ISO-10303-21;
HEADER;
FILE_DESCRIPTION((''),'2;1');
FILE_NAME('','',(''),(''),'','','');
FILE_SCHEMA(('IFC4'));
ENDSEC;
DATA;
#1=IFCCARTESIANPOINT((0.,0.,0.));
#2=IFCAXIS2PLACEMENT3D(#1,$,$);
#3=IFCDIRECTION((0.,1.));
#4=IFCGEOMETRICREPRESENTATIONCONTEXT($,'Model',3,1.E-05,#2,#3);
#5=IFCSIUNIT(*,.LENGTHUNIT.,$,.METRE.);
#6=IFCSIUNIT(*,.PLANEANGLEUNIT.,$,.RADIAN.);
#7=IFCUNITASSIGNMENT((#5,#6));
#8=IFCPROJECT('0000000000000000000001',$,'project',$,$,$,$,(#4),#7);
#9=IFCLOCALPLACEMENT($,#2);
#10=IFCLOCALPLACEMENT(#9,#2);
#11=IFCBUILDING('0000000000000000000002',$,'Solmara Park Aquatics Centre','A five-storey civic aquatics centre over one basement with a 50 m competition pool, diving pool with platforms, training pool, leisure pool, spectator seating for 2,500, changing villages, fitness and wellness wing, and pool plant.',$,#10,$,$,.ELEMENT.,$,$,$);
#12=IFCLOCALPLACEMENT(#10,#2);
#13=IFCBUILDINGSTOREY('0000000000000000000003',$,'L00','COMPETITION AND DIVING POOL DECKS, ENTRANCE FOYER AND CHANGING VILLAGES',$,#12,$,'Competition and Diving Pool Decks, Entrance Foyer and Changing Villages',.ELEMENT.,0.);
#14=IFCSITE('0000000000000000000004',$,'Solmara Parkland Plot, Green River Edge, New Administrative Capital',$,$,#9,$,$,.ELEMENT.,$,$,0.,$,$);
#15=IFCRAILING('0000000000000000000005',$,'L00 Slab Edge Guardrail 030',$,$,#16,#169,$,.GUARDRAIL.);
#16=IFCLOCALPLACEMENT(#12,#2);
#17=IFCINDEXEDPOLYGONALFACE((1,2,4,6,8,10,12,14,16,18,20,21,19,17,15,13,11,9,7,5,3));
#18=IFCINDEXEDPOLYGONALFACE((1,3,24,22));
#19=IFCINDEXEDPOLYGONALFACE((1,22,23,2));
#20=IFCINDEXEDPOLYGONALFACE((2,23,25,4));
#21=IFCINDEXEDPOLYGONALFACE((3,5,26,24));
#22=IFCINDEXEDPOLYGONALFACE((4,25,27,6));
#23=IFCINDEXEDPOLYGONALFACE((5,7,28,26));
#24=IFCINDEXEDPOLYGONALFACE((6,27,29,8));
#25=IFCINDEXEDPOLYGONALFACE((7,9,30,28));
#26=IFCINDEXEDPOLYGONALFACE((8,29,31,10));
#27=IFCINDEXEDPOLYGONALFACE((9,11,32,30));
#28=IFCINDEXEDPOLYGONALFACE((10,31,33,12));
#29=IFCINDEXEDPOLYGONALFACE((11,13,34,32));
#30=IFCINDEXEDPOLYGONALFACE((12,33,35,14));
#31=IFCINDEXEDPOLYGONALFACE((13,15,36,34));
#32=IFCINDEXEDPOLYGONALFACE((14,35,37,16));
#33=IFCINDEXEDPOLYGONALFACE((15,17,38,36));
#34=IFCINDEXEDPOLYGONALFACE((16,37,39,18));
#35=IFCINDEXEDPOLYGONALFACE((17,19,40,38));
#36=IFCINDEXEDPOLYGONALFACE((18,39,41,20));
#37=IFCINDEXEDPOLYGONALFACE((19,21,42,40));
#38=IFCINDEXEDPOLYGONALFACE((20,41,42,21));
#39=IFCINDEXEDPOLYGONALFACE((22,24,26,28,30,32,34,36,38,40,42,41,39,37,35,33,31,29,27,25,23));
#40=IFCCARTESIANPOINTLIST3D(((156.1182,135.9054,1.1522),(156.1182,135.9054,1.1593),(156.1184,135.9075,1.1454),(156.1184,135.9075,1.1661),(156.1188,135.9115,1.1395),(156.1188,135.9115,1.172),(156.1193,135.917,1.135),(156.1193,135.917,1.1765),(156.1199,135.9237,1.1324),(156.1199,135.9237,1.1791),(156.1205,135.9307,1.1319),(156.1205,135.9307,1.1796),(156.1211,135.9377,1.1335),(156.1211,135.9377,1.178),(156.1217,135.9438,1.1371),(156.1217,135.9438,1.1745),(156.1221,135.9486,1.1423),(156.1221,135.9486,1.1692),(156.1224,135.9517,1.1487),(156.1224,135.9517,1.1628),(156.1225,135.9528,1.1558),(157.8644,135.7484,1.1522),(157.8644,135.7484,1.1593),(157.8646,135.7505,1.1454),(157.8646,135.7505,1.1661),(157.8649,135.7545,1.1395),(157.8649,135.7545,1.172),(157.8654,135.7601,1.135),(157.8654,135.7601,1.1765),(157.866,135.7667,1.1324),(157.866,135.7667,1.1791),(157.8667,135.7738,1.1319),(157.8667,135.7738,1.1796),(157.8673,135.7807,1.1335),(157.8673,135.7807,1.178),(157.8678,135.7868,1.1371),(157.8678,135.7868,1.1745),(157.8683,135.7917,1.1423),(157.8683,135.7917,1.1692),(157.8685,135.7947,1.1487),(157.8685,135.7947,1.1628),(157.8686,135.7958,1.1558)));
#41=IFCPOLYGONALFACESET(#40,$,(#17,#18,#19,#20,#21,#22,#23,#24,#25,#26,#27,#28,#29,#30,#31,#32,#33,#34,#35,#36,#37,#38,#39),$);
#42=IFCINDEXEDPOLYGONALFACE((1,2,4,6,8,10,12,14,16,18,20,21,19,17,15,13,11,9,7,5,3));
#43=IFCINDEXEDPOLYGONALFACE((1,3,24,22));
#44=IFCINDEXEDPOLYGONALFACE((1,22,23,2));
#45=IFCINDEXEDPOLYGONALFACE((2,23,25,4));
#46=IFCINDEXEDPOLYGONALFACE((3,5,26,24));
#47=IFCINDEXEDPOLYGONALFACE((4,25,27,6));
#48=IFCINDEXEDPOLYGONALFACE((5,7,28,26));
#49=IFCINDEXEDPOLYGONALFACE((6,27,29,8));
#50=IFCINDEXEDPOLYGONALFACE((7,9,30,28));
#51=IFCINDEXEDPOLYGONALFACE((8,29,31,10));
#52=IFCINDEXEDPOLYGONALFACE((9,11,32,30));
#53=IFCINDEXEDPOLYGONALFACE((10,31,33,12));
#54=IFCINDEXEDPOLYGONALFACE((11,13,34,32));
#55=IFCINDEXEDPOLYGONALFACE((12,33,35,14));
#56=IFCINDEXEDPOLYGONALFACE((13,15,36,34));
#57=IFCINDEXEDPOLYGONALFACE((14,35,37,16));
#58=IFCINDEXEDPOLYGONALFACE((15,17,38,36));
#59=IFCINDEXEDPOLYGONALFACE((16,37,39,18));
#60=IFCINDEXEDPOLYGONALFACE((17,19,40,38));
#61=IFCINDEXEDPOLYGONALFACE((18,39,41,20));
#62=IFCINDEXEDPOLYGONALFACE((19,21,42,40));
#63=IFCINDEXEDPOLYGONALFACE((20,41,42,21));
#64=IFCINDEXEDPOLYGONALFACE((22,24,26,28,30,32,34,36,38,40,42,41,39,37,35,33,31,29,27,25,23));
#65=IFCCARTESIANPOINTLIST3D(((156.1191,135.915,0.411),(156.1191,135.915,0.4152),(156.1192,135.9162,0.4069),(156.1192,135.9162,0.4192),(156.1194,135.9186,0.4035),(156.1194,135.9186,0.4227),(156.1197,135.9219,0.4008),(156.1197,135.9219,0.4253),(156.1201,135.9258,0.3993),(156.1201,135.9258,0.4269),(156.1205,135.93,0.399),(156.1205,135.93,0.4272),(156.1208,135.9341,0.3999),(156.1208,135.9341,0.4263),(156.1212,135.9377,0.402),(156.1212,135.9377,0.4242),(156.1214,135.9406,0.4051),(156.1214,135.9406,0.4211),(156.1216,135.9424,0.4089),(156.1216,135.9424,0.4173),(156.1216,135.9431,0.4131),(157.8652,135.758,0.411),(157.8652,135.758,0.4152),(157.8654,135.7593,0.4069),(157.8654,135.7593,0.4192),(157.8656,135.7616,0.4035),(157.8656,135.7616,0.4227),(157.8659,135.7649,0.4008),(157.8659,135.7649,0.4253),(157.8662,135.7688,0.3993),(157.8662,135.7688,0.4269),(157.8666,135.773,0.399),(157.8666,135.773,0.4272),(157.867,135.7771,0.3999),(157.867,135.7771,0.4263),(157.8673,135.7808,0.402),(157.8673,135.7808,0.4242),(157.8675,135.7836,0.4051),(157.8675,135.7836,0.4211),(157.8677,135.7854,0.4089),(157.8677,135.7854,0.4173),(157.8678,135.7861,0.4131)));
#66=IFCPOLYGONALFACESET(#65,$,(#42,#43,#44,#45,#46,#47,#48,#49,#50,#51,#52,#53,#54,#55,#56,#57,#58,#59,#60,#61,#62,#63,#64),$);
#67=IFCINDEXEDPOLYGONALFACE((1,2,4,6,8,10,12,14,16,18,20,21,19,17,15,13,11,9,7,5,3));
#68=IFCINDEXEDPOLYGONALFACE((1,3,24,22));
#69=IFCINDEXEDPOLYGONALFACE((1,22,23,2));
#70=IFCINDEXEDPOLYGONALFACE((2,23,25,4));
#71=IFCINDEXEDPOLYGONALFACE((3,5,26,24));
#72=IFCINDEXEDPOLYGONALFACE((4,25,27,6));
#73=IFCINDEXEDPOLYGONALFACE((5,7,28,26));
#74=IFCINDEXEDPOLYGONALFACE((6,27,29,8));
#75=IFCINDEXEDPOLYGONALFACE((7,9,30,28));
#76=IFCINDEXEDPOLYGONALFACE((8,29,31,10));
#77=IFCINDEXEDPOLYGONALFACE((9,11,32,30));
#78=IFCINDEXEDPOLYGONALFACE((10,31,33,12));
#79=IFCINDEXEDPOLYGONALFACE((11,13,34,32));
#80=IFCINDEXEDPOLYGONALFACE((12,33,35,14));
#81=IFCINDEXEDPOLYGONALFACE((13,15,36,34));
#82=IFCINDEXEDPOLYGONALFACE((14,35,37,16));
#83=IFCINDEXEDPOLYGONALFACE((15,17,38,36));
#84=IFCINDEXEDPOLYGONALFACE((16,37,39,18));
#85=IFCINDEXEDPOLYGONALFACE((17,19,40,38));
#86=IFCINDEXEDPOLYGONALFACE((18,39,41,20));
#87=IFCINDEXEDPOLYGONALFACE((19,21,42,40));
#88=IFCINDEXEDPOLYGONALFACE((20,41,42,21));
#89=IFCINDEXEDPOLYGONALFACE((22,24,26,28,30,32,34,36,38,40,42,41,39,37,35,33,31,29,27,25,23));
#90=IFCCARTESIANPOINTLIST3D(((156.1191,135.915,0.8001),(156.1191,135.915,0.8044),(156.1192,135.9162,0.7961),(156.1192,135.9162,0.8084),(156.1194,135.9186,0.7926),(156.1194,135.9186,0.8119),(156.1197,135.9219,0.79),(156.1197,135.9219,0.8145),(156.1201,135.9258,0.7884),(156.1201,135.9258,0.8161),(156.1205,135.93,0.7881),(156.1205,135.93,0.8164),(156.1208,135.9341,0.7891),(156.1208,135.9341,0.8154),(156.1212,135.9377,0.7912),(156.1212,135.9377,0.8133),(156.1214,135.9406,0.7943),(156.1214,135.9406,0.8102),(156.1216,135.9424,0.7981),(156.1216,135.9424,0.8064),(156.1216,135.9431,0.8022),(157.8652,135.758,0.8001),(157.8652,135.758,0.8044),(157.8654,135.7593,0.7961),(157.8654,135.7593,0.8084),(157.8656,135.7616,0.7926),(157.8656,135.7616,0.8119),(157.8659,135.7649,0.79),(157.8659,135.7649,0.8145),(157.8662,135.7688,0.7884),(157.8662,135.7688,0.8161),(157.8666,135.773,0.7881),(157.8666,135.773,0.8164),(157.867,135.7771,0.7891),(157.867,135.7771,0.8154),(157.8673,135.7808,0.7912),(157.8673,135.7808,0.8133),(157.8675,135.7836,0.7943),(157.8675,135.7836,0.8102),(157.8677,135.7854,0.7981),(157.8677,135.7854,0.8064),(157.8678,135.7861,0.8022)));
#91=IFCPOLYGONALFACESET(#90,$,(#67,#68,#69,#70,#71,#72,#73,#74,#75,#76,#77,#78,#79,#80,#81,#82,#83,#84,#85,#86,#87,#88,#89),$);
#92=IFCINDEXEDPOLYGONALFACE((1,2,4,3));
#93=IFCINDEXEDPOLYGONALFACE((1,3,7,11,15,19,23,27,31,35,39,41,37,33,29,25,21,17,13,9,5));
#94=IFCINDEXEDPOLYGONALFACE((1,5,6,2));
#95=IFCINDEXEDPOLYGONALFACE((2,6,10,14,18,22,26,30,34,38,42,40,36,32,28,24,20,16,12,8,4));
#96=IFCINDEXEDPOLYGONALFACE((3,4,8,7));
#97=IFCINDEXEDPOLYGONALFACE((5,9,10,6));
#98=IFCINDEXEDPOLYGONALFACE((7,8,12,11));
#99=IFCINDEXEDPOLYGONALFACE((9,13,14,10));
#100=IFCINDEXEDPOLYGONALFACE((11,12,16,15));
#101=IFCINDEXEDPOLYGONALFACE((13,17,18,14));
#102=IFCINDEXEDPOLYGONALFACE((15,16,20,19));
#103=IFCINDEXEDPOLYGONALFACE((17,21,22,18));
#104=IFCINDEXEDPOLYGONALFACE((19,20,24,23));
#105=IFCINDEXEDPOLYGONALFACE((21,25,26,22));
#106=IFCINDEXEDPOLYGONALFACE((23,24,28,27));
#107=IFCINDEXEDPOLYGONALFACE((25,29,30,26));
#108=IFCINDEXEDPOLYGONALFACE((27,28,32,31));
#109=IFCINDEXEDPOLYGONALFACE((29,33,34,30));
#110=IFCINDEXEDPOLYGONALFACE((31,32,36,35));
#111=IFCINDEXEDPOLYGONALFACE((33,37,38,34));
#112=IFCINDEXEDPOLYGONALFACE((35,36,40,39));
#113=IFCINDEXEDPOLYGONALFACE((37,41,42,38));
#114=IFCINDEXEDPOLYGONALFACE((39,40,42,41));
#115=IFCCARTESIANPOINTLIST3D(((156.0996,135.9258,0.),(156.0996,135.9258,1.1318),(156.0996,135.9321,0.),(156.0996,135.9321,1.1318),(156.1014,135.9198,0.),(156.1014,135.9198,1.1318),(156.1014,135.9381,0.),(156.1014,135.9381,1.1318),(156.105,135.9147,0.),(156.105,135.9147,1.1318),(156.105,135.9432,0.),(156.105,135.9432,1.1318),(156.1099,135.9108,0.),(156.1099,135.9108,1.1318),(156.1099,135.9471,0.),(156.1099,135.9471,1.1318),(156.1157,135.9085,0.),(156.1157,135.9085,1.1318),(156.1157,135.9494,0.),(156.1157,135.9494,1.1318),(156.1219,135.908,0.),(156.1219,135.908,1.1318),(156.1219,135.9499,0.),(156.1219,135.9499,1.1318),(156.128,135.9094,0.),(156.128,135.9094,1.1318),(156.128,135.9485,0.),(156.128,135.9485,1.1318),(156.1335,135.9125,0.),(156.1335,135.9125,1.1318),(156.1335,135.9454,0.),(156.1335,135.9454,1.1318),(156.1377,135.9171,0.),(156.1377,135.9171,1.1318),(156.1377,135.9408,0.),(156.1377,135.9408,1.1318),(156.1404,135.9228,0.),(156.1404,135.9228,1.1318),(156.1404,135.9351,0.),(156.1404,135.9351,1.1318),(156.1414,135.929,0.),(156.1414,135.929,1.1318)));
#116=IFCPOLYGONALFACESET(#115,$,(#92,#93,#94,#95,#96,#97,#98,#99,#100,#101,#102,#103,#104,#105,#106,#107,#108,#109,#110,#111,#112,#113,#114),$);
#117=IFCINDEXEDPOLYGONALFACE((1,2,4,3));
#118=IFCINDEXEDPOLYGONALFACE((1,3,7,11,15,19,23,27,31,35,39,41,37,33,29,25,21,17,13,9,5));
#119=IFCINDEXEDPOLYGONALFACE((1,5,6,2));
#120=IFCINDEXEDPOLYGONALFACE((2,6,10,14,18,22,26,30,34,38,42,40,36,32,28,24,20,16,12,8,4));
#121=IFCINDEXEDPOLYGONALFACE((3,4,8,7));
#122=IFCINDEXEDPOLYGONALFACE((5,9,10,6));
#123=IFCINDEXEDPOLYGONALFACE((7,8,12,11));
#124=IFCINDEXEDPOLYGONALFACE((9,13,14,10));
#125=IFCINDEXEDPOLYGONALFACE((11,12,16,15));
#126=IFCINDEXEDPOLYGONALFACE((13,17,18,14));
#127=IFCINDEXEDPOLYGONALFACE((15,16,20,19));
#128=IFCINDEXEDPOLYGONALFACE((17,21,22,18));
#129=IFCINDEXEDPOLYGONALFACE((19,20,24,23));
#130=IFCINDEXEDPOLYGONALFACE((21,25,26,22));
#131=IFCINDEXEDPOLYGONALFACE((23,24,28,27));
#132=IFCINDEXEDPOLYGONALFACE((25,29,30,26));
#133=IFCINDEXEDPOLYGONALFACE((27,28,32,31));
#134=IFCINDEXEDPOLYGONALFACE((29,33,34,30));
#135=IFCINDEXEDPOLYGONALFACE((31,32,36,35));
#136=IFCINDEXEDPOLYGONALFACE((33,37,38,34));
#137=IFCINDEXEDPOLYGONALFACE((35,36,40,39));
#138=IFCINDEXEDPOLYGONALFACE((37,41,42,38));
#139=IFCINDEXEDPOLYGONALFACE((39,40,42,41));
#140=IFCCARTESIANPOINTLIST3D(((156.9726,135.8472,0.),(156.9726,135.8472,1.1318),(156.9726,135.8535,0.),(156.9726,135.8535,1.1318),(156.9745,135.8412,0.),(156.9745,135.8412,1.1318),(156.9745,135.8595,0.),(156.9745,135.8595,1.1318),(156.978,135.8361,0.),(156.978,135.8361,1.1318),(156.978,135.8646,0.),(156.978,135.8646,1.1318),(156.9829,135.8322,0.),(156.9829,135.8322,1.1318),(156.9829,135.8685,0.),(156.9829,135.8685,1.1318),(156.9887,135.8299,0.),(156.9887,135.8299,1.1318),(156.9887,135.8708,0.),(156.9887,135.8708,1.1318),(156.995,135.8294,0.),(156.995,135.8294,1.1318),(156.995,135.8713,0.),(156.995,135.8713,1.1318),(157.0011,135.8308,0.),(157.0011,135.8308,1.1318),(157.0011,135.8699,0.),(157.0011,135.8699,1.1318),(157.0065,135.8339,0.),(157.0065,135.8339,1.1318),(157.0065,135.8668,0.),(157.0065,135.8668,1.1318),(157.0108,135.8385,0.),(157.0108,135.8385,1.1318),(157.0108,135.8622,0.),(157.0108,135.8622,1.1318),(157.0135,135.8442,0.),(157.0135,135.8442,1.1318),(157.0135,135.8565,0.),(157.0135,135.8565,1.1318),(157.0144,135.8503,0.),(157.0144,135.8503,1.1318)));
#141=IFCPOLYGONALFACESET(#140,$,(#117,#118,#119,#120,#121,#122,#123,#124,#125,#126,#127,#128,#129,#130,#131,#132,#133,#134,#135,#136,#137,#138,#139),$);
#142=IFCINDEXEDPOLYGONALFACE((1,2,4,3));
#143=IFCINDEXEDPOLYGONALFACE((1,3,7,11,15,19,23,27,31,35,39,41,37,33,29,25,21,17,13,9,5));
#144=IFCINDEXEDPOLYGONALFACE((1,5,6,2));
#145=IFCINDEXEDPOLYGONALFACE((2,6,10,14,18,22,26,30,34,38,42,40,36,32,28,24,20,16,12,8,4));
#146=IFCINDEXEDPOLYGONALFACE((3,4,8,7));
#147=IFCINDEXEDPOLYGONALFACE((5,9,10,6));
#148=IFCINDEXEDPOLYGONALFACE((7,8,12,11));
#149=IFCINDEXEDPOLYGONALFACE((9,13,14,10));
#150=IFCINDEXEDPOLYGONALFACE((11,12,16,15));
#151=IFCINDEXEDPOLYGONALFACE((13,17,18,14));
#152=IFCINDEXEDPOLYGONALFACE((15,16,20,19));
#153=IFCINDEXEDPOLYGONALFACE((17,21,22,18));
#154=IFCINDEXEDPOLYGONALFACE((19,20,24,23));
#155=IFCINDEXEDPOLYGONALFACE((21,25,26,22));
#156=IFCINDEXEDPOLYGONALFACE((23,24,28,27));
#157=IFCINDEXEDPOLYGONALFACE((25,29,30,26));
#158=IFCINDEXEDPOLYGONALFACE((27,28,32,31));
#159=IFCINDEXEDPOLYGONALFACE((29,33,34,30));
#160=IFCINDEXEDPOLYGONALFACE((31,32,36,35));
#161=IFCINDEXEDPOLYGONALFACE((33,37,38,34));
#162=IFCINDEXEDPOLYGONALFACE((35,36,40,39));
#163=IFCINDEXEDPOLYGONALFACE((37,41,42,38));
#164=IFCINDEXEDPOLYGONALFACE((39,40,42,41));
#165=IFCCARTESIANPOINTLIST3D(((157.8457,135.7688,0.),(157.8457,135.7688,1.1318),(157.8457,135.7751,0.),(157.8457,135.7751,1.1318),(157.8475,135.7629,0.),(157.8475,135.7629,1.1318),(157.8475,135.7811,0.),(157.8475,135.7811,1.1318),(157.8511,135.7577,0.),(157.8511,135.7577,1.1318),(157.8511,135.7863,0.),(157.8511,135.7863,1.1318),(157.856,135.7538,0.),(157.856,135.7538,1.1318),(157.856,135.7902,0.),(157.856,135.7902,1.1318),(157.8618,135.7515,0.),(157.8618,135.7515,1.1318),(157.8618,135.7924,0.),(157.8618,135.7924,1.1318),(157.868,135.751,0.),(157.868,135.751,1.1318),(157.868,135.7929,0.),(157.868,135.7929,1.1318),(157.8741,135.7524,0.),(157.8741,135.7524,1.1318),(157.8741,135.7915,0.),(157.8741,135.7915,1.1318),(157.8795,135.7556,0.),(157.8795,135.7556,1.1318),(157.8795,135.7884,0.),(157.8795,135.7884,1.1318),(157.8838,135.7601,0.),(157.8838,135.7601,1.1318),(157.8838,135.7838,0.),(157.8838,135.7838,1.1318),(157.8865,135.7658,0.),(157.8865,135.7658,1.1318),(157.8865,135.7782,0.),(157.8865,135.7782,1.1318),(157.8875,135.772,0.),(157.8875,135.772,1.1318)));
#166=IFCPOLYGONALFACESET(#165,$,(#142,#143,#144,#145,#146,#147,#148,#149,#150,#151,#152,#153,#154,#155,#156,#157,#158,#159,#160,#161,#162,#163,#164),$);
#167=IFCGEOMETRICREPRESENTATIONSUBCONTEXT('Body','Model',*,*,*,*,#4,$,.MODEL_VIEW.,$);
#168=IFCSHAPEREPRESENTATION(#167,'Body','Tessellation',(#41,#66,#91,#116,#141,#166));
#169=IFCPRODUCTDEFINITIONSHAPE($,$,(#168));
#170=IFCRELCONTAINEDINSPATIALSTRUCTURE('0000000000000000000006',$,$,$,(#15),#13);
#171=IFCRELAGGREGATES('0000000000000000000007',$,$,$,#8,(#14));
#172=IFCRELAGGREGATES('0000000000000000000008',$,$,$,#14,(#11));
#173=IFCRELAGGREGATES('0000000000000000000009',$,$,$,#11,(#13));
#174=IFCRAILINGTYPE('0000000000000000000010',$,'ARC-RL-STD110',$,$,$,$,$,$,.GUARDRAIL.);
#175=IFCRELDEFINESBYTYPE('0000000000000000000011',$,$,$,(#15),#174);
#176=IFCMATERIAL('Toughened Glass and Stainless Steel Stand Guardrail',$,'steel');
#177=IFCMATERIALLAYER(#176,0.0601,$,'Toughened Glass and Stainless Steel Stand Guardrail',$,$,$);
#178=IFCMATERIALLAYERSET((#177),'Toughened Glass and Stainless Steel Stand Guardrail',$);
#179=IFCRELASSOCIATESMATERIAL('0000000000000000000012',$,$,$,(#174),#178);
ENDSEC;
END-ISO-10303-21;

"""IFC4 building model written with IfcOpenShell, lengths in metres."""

from ifc_helpers import new_model, si_unit, direction, frame, origin, origin_2d, place, context, subcontext, project, spatial, circle, extrude, material, layer, layer_set, type_object, element, save


model = new_model("IFC4")

# Units and contexts
model_context = context("Model", 3, precision=1e-05, world=origin(), true_north=direction((0.0, 1.0)))
body_context = subcontext(model_context, "Body", "Model", "MODEL_VIEW")
ifc_project = project(units=[si_unit("LENGTHUNIT", "METRE"), si_unit("PLANEANGLEUNIT", "RADIAN")], contexts=[model_context])

# Site, building, storey
site_placement = place(None, origin())
site = spatial("IfcSite", under=ifc_project, at=site_placement, Name="Solmara Parkland Plot, Green River Edge, New Administrative Capital", CompositionType="ELEMENT", RefElevation=0.0)
building_placement = place(site_placement, origin())
building = spatial("IfcBuilding", under=site, at=building_placement, Name="Solmara Park Aquatics Centre", Description="A five-storey civic aquatics centre over one basement with a 50 m competition pool, diving pool with platforms, training pool, leisure pool, spectator seating for 2,500, changing villages, fitness and wellness wing, and pool plant.", CompositionType="ELEMENT")
storey_placement = place(building_placement, origin())
storey = spatial("IfcBuildingStorey", under=building, at=storey_placement, Name="L00", Description="COMPETITION AND DIVING POOL DECKS, ENTRANCE FOYER AND CHANGING VILLAGES", LongName="Competition and Diving Pool Decks, Entrance Foyer and Changing Villages", CompositionType="ELEMENT", Elevation=0.0)

# Railing
ifc_material_1 = material(Name="Toughened Glass and Stainless Steel Stand Guardrail", Category="steel")
ifc_layer_1 = layer(ifc_material_1, 0.0601, Name="Toughened Glass and Stainless Steel Stand Guardrail")
ifc_layer_set_1 = layer_set([ifc_layer_1], Name="Toughened Glass and Stainless Steel Stand Guardrail")
railing_type_1 = type_object("IfcRailingType", Name="ARC-RL-STD110", PredefinedType="GUARDRAIL", material=ifc_layer_set_1)
railing_1_placement = place(storey_placement, frame((156.1204, 135.929, 0.0)))
element("IfcRailing", 1, at=railing_1_placement, inside=storey, type_object=railing_type_1, Name="L00 Slab Edge Guardrail 030", PredefinedType="GUARDRAIL", context=body_context, shape_type="SweptSolid", body=[
    extrude(circle(Radius=0.0239, at=origin_2d()), frame((0.0, 0.0, 1.1558), z_axis=(0.995983, -0.089544, 0.0), x_axis=(0.089544, 0.995983, 0.0)), (0.0, 0.0, 1.0), 1.7532),
    extrude(circle(Radius=0.0142, at=origin_2d()), frame((0.0, 0.0, 0.4131), z_axis=(0.995983, -0.089544, 0.0), x_axis=(0.089544, 0.995983, 0.0)), (0.0, 0.0, 1.0), 1.7532),
    extrude(circle(Radius=0.0142, at=origin_2d()), frame((0.0, 0.0, 0.8022), z_axis=(0.995983, -0.089544, 0.0), x_axis=(0.089544, 0.995983, 0.0)), (0.0, 0.0, 1.0), 1.7532),
    extrude(circle(Radius=0.021, at=origin_2d()), origin(), (0.0, 0.0, 1.0), 1.1318),
    extrude(circle(Radius=0.021, at=origin_2d()), frame((0.873, -0.0786, 0.0)), (0.0, 0.0, 1.0), 1.1318),
    extrude(circle(Radius=0.021, at=origin_2d()), frame((1.7461, -0.157, 0.0)), (0.0, 0.0, 1.0), 1.1318),
])

save(model, "model.ifc")
